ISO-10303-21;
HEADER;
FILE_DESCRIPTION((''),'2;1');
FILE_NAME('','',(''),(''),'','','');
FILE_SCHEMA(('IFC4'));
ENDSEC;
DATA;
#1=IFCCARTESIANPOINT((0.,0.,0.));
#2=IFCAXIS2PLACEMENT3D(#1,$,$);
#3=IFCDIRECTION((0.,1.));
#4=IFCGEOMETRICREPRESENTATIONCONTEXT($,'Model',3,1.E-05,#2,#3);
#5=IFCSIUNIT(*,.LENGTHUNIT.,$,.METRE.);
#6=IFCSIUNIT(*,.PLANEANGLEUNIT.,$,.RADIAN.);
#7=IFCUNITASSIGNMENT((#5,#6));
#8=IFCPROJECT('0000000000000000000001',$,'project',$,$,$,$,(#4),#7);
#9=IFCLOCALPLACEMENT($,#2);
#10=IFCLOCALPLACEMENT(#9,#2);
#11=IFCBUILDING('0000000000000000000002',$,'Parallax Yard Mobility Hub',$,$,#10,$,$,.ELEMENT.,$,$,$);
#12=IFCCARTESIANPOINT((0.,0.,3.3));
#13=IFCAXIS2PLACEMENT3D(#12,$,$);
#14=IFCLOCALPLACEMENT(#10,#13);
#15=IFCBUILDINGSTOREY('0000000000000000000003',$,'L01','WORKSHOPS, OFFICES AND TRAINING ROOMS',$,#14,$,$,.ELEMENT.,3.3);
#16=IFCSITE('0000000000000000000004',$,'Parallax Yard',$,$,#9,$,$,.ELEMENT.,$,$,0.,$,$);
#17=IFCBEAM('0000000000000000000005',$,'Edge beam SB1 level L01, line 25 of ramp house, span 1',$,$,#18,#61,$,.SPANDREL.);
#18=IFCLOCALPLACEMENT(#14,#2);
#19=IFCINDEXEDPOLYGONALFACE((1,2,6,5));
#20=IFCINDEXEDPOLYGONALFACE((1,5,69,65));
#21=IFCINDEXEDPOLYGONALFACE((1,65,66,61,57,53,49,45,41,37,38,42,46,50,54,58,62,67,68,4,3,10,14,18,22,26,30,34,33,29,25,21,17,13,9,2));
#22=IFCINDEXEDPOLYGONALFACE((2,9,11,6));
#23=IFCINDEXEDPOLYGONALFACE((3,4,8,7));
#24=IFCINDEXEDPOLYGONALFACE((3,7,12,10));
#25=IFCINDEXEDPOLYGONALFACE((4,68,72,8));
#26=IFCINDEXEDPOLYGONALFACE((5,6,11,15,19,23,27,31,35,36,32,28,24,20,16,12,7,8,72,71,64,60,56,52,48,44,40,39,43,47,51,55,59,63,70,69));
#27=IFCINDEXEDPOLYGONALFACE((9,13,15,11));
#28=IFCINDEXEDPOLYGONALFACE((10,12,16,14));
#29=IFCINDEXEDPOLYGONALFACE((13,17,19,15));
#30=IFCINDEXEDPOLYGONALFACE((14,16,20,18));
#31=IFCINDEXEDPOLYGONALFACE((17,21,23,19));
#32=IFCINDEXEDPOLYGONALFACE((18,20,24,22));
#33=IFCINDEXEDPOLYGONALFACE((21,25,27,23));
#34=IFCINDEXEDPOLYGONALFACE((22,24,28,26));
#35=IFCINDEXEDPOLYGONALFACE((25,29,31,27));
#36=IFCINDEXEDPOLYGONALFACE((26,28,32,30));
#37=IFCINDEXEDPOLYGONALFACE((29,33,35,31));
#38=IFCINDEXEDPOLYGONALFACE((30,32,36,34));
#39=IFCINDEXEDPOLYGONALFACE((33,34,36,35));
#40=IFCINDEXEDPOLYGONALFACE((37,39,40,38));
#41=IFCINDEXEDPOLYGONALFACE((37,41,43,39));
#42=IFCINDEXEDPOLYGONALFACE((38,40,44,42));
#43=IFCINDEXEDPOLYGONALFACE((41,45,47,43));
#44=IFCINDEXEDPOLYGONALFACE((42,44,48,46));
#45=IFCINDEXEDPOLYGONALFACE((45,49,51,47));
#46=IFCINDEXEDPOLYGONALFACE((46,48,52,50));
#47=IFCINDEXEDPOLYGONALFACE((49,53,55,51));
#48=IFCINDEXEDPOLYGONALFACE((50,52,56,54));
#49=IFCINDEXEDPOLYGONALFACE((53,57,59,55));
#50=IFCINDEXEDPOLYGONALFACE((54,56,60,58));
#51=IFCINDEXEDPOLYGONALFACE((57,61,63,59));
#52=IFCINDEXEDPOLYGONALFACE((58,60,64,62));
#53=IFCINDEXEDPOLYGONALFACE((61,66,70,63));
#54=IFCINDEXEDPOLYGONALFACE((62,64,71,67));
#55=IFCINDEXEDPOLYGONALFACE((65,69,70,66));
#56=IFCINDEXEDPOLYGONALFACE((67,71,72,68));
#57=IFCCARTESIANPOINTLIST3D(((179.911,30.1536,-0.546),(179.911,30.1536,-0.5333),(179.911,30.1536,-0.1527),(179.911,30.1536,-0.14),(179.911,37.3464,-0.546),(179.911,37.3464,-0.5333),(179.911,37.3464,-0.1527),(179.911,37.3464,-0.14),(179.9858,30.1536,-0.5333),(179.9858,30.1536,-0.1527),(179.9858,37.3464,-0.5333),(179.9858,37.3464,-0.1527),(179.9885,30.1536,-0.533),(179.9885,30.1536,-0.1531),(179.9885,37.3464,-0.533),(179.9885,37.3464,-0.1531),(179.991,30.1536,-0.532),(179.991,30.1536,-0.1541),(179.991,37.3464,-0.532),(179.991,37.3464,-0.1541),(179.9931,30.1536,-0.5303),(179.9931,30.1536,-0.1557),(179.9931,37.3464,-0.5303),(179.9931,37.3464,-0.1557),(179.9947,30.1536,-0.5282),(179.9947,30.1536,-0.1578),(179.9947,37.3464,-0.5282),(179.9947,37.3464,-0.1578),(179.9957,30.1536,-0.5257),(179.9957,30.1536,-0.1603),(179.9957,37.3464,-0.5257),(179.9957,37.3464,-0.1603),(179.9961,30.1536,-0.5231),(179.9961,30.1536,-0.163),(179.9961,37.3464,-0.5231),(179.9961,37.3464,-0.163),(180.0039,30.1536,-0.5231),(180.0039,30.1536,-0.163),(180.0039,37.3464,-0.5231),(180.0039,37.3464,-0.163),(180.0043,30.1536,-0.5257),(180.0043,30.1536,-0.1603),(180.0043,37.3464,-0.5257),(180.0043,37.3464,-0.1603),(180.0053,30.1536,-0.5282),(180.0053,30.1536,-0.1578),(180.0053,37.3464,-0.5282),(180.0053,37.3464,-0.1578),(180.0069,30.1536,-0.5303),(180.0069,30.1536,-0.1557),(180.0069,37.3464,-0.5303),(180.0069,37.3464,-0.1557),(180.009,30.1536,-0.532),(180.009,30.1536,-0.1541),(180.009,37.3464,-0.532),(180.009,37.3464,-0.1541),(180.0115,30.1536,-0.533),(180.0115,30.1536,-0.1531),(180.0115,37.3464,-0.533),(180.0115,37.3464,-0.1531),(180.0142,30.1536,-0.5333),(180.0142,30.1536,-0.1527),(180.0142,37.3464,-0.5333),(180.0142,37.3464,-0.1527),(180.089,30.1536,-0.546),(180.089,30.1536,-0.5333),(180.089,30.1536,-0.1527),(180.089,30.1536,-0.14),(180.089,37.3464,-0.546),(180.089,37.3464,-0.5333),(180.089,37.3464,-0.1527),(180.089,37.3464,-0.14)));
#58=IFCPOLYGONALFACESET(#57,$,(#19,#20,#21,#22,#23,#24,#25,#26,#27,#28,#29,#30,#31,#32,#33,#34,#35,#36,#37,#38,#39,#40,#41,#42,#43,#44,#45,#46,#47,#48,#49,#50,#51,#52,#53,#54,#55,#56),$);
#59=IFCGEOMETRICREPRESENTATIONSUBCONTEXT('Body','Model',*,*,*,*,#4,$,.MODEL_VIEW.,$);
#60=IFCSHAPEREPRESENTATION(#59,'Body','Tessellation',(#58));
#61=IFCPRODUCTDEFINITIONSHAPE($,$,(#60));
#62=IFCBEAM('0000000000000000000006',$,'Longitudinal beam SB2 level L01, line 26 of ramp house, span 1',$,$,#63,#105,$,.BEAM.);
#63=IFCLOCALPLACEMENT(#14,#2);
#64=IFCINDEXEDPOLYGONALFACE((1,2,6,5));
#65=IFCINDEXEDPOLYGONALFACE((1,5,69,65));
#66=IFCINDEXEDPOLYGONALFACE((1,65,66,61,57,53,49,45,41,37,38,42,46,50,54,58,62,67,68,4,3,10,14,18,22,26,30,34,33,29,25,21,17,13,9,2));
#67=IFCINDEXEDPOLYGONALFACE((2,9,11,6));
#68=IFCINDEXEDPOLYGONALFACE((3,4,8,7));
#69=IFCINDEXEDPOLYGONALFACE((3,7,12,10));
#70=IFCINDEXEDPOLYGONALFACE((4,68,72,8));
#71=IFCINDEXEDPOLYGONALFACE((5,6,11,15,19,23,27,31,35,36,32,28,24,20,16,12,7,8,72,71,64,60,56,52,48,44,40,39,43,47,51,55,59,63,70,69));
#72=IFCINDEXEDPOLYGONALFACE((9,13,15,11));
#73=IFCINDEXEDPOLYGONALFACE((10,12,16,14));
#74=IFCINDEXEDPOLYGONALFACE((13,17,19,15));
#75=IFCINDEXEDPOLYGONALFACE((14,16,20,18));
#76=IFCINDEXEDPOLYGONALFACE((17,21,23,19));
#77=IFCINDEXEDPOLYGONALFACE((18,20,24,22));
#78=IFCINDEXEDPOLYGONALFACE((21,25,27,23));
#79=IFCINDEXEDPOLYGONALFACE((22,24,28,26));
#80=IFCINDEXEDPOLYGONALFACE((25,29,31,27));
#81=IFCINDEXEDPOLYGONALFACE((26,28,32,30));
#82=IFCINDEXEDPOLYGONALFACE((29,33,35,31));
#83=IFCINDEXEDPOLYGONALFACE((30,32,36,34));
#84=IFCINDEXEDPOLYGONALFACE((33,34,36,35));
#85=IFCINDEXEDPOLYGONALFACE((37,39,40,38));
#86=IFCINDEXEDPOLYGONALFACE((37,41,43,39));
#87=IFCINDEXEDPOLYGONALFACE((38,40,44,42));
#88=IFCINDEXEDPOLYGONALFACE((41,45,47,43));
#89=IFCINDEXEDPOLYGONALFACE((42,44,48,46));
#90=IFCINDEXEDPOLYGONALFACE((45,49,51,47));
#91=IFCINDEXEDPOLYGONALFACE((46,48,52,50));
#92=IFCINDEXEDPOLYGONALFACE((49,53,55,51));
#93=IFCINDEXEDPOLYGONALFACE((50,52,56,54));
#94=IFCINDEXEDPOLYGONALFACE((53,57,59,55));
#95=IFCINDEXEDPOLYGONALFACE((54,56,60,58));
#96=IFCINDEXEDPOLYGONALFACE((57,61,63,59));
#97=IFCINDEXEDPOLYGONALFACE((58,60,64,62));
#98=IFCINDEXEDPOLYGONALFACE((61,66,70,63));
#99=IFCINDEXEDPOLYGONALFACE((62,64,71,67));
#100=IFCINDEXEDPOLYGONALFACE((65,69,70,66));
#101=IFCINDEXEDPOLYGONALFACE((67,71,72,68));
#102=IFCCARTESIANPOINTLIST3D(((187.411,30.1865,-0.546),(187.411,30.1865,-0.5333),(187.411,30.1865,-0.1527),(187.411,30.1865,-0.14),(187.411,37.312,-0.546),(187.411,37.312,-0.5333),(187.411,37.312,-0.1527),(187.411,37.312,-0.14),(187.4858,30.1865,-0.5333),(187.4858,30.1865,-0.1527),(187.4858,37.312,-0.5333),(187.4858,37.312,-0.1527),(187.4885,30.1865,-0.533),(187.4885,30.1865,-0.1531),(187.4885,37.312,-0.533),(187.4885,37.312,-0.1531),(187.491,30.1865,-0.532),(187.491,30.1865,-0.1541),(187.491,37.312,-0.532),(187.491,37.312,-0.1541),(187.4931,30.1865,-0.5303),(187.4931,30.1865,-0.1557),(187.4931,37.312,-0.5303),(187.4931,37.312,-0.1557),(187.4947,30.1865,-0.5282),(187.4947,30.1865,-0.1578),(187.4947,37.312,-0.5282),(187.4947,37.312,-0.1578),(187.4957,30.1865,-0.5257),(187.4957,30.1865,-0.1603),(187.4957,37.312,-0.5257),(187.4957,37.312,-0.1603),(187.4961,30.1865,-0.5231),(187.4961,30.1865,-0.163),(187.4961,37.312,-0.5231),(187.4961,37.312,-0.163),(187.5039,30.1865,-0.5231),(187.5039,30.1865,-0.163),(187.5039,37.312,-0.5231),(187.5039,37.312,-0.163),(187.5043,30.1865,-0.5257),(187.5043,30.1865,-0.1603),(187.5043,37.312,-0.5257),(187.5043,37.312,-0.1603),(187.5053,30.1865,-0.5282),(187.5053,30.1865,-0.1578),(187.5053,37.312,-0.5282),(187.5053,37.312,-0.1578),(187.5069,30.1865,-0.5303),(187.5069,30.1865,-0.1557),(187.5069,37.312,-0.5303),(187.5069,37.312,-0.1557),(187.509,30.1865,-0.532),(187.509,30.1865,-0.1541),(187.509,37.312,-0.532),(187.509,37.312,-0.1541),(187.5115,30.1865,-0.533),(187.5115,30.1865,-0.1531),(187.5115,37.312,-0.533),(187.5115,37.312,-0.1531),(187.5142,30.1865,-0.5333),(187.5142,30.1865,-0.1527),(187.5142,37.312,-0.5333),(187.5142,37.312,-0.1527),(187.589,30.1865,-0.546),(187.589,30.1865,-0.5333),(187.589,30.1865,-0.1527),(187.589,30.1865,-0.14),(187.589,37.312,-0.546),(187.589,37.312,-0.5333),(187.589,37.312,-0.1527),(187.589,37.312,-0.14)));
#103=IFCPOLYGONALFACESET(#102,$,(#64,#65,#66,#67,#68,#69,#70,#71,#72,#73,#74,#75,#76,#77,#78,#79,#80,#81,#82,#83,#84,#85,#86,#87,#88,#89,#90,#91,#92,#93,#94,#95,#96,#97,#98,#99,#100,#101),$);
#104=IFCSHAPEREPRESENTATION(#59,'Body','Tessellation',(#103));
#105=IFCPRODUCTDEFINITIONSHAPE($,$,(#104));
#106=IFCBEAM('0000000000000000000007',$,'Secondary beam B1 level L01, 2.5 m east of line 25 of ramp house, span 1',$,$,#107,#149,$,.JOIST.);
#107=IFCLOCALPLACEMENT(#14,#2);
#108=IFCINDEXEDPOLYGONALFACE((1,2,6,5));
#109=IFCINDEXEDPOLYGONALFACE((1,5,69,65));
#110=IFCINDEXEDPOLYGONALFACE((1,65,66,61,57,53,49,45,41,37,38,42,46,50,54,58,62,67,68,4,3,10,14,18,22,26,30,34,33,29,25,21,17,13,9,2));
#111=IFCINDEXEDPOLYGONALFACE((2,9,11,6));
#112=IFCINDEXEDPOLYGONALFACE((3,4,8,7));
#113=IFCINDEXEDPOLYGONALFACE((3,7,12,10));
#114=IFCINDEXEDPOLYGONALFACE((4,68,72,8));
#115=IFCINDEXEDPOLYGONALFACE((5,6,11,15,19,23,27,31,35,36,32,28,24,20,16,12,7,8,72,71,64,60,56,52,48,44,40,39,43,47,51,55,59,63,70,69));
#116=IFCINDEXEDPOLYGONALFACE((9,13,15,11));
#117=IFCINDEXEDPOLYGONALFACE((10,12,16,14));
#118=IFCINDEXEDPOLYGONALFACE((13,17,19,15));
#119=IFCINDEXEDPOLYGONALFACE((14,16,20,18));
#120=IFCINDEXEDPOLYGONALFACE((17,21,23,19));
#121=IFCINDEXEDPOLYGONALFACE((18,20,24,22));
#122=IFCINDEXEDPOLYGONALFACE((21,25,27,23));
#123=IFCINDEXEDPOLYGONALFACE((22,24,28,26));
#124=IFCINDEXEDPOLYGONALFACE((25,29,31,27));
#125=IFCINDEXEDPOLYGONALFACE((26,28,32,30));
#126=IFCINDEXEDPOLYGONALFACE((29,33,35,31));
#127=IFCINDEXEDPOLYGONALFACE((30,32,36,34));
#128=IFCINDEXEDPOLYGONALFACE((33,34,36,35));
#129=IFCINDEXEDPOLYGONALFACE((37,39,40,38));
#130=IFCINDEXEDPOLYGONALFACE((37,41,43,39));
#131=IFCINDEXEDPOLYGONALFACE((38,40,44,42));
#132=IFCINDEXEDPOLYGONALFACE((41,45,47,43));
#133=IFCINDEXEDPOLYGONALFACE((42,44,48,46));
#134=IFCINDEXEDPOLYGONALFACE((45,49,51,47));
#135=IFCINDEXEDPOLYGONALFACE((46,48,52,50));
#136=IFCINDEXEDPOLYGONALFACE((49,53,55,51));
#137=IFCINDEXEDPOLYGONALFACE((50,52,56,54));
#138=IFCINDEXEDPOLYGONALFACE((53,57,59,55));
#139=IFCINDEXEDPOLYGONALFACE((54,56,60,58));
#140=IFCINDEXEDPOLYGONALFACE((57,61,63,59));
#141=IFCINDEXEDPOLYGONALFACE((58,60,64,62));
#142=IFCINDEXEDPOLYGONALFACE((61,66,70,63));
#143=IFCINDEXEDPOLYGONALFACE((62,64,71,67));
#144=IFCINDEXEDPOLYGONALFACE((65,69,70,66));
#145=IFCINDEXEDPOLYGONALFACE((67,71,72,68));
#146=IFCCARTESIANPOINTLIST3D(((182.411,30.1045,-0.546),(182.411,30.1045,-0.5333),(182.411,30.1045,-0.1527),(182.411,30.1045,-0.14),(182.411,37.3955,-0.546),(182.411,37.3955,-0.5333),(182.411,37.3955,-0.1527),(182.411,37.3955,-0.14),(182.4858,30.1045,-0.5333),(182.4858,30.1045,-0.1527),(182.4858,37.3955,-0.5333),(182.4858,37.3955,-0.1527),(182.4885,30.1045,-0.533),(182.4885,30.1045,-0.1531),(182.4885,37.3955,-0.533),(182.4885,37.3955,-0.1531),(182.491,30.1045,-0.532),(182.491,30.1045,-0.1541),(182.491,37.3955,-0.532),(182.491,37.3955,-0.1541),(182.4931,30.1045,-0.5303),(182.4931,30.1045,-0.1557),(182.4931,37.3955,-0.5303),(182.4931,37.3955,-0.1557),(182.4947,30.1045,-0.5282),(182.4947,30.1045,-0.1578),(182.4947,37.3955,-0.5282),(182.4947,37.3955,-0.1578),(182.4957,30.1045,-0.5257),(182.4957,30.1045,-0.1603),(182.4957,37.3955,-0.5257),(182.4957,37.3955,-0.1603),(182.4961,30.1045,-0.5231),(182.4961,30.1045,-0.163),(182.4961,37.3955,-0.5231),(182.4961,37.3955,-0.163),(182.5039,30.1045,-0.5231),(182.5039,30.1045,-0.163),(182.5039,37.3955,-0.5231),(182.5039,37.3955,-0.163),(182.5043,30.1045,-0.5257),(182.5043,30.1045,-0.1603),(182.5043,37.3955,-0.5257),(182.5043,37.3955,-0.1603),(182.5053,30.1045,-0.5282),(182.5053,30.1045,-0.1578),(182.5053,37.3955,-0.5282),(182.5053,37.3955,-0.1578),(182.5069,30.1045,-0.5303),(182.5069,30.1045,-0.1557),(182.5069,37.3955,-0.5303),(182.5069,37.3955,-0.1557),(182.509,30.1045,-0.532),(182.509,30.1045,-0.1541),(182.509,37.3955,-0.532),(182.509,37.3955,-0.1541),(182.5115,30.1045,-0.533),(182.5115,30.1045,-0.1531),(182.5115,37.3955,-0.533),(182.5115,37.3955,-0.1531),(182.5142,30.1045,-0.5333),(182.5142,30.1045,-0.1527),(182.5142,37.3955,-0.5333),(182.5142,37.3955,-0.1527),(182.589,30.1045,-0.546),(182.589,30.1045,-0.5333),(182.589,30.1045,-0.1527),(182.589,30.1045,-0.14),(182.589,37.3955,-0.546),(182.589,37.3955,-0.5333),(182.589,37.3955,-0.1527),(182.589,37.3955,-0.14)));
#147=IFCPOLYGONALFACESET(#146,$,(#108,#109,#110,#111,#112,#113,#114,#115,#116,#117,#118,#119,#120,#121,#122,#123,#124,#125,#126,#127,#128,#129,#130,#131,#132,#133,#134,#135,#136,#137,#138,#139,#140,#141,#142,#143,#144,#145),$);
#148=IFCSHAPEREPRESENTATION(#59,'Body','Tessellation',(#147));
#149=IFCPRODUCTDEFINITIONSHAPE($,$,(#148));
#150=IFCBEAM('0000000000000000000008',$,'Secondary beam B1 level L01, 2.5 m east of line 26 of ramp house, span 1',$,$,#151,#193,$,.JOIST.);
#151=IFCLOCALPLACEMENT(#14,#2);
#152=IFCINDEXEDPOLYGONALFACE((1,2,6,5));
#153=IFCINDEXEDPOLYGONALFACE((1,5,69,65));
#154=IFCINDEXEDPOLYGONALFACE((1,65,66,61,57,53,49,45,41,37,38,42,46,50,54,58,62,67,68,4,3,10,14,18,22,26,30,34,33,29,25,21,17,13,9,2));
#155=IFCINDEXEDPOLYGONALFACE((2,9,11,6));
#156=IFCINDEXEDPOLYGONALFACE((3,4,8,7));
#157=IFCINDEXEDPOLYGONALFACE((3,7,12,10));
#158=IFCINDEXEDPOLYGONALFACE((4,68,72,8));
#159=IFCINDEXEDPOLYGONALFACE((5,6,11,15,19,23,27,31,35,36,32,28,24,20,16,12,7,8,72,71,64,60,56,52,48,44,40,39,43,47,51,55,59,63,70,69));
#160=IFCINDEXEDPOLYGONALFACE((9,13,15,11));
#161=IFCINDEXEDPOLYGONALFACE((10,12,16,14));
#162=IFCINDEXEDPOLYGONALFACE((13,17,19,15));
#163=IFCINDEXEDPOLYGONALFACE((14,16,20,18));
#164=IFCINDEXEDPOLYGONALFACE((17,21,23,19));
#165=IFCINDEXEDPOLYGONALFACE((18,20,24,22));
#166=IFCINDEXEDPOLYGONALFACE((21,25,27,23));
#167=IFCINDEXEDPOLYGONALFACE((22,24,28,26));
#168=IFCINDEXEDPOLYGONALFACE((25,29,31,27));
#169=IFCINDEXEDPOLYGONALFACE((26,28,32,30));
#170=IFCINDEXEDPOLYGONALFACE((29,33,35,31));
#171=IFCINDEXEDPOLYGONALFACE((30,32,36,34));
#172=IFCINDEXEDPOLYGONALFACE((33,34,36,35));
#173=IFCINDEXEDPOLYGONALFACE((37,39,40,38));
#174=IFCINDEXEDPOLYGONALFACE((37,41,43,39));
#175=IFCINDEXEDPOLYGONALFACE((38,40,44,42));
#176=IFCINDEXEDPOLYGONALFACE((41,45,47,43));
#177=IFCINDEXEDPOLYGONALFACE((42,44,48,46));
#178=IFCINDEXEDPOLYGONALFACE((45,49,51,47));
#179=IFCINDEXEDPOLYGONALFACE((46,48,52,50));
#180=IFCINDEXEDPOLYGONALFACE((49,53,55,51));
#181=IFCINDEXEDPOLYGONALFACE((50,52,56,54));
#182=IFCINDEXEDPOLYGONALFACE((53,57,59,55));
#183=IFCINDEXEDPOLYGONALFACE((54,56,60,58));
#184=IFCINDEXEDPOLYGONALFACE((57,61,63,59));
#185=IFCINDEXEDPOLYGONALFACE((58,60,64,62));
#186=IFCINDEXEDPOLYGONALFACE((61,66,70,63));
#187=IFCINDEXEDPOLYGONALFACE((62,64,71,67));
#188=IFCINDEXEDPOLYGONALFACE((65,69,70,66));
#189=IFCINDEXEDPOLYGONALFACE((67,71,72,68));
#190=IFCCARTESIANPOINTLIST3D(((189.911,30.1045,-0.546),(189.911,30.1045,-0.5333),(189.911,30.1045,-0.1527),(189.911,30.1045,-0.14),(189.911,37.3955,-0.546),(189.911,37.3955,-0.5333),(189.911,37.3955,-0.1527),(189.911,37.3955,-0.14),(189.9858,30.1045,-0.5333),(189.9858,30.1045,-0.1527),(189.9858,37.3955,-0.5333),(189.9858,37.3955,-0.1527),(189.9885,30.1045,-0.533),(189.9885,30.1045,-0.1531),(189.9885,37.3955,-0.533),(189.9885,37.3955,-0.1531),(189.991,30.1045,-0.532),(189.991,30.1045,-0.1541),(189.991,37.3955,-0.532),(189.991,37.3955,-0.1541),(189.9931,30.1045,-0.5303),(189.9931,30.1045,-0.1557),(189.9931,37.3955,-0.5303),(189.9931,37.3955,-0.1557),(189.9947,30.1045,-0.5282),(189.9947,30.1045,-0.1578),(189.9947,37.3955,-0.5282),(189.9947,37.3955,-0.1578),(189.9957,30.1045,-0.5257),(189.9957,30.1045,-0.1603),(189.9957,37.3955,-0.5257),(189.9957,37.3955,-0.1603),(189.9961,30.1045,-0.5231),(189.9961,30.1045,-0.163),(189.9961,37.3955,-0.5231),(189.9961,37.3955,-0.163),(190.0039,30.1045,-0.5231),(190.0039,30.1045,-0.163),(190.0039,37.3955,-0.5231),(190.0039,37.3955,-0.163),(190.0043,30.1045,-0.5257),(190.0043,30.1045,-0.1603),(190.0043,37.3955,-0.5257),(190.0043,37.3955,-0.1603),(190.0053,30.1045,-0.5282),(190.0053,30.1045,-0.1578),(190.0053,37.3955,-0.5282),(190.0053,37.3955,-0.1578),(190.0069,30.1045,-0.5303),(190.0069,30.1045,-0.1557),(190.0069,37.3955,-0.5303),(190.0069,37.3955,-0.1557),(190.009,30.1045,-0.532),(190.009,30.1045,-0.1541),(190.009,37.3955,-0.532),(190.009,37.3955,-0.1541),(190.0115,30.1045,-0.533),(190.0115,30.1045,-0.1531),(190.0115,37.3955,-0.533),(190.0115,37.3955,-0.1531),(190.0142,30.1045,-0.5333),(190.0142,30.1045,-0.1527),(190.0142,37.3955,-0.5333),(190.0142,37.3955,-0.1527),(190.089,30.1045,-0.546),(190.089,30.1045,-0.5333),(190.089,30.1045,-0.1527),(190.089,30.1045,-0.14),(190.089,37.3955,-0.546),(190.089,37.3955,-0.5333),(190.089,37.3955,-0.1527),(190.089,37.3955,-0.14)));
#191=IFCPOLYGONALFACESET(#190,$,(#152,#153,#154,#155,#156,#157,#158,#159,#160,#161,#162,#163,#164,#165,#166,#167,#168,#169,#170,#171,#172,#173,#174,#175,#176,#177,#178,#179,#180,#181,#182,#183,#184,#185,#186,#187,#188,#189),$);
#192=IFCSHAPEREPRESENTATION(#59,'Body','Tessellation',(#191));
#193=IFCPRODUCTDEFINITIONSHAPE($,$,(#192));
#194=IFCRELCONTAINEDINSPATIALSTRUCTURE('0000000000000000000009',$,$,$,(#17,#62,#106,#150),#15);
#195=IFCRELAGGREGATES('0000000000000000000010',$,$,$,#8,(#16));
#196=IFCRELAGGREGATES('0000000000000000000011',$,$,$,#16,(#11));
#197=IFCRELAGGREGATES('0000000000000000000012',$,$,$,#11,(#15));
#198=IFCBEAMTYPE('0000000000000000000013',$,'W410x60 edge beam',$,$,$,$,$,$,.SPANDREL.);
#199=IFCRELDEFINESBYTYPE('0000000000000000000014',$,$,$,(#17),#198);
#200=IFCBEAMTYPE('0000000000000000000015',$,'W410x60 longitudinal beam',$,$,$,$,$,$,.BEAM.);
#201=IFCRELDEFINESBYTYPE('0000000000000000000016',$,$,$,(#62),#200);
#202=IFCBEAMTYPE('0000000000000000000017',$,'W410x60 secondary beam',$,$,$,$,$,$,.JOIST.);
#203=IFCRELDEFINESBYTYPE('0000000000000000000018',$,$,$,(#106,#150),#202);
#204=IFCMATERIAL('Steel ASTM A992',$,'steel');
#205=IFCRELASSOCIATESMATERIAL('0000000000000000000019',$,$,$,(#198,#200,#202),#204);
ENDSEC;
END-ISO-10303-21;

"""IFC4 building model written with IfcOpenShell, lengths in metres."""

from ifc_helpers import new_model, si_unit, direction, frame, origin, origin_2d, place, context, subcontext, project, spatial, i_section, extrude, material, material_profile, profile_set, type_object, element, save


model = new_model("IFC4")

# Units and contexts
model_context = context("Model", 3, precision=1e-05, world=origin(), true_north=direction((0.0, 1.0)))
body_context = subcontext(model_context, "Body", "Model", "MODEL_VIEW")
ifc_project = project(units=[si_unit("LENGTHUNIT", "METRE"), si_unit("PLANEANGLEUNIT", "RADIAN")], contexts=[model_context])

# Site, building, storey
site_placement = place(None, origin())
site = spatial("IfcSite", under=ifc_project, at=site_placement, Name="Parallax Yard", CompositionType="ELEMENT", RefElevation=0.0)
building_placement = place(site_placement, origin())
building = spatial("IfcBuilding", under=site, at=building_placement, Name="Parallax Yard Mobility Hub", CompositionType="ELEMENT")
storey_placement = place(building_placement, frame((0.0, 0.0, 3.3)))
storey = spatial("IfcBuildingStorey", under=building, at=storey_placement, Name="L01", Description="WORKSHOPS, OFFICES AND TRAINING ROOMS", CompositionType="ELEMENT", Elevation=3.3)

# Shared definitions
ifc_material_1 = material(Name="Steel ASTM A992", Category="steel")

# Beams
ifc_material_profile_1 = material_profile(ifc_material_1, i_section(OverallWidth=0.178, OverallDepth=0.406, WebThickness=0.0078, FlangeThickness=0.0127, FilletRadius=0.0103, at=origin_2d()), Name="W410x60")
ifc_profile_set_1 = profile_set([ifc_material_profile_1], Name="Steel ASTM A992")
beam_type_1 = type_object("IfcBeamType", Name="W410x60 edge beam", PredefinedType="SPANDREL", material=ifc_profile_set_1)
beam_1_placement = place(storey_placement, frame((180.0, 30.1536, -0.343), z_axis=(0.0, 1.0, 0.0), x_axis=(-1.0, 0.0, 0.0)))
element("IfcBeam", 1, at=beam_1_placement, inside=storey, type_object=beam_type_1, Name="Edge beam SB1 level L01, line 25 of ramp house, span 1", PredefinedType="SPANDREL", context=body_context, shape_type="SweptSolid", body=[
    extrude(i_section(OverallWidth=0.178, OverallDepth=0.406, WebThickness=0.0078, FlangeThickness=0.0127, FilletRadius=0.0103, at=origin_2d()), origin(), (0.0, 0.0, 1.0), 7.1929),
])
ifc_material_profile_2 = material_profile(ifc_material_1, i_section(OverallWidth=0.178, OverallDepth=0.406, WebThickness=0.0078, FlangeThickness=0.0127, FilletRadius=0.0103, at=origin_2d()), Name="W410x60")
ifc_profile_set_2 = profile_set([ifc_material_profile_2], Name="Steel ASTM A992")
beam_type_2 = type_object("IfcBeamType", Name="W410x60 longitudinal beam", PredefinedType="BEAM", material=ifc_profile_set_2)
beam_2_placement = place(storey_placement, frame((187.5, 30.1865, -0.343), z_axis=(0.0, 1.0, 0.0), x_axis=(-1.0, 0.0, 0.0)))
element("IfcBeam", 2, at=beam_2_placement, inside=storey, type_object=beam_type_2, Name="Longitudinal beam SB2 level L01, line 26 of ramp house, span 1", PredefinedType="BEAM", context=body_context, shape_type="SweptSolid", body=[
    extrude(i_section(OverallWidth=0.178, OverallDepth=0.406, WebThickness=0.0078, FlangeThickness=0.0127, FilletRadius=0.0103, at=origin_2d()), origin(), (0.0, 0.0, 1.0), 7.1255),
])
ifc_material_profile_3 = material_profile(ifc_material_1, i_section(OverallWidth=0.178, OverallDepth=0.406, WebThickness=0.0078, FlangeThickness=0.0127, FilletRadius=0.0103, at=origin_2d()), Name="W410x60")
ifc_profile_set_3 = profile_set([ifc_material_profile_3], Name="Steel ASTM A992")
beam_type_3 = type_object("IfcBeamType", Name="W410x60 secondary beam", PredefinedType="JOIST", material=ifc_profile_set_3)
for number, where, z_axis, x_axis, name in (
    (3, (182.5, 30.1045, -0.343), (0.0, 1.0, 0.0), (-1.0, 0.0, 0.0), "Secondary beam B1 level L01, 2.5 m east of line 25 of ramp house, span 1"),
    (4, (190.0, 30.1045, -0.343), (0.0, 1.0, 0.0), (-1.0, 0.0, 0.0), "Secondary beam B1 level L01, 2.5 m east of line 26 of ramp house, span 1"),
):
    element("IfcBeam", number, at=place(storey_placement, frame(where, z_axis=z_axis, x_axis=x_axis)), inside=storey, type_object=beam_type_3, Name=name, PredefinedType="JOIST", context=body_context, shape_type="SweptSolid", body=[
        extrude(i_section(OverallWidth=0.178, OverallDepth=0.406, WebThickness=0.0078, FlangeThickness=0.0127, FilletRadius=0.0103, at=origin_2d()), origin(), (0.0, 0.0, 1.0), 7.291),
    ])

save(model, "model.ifc")
